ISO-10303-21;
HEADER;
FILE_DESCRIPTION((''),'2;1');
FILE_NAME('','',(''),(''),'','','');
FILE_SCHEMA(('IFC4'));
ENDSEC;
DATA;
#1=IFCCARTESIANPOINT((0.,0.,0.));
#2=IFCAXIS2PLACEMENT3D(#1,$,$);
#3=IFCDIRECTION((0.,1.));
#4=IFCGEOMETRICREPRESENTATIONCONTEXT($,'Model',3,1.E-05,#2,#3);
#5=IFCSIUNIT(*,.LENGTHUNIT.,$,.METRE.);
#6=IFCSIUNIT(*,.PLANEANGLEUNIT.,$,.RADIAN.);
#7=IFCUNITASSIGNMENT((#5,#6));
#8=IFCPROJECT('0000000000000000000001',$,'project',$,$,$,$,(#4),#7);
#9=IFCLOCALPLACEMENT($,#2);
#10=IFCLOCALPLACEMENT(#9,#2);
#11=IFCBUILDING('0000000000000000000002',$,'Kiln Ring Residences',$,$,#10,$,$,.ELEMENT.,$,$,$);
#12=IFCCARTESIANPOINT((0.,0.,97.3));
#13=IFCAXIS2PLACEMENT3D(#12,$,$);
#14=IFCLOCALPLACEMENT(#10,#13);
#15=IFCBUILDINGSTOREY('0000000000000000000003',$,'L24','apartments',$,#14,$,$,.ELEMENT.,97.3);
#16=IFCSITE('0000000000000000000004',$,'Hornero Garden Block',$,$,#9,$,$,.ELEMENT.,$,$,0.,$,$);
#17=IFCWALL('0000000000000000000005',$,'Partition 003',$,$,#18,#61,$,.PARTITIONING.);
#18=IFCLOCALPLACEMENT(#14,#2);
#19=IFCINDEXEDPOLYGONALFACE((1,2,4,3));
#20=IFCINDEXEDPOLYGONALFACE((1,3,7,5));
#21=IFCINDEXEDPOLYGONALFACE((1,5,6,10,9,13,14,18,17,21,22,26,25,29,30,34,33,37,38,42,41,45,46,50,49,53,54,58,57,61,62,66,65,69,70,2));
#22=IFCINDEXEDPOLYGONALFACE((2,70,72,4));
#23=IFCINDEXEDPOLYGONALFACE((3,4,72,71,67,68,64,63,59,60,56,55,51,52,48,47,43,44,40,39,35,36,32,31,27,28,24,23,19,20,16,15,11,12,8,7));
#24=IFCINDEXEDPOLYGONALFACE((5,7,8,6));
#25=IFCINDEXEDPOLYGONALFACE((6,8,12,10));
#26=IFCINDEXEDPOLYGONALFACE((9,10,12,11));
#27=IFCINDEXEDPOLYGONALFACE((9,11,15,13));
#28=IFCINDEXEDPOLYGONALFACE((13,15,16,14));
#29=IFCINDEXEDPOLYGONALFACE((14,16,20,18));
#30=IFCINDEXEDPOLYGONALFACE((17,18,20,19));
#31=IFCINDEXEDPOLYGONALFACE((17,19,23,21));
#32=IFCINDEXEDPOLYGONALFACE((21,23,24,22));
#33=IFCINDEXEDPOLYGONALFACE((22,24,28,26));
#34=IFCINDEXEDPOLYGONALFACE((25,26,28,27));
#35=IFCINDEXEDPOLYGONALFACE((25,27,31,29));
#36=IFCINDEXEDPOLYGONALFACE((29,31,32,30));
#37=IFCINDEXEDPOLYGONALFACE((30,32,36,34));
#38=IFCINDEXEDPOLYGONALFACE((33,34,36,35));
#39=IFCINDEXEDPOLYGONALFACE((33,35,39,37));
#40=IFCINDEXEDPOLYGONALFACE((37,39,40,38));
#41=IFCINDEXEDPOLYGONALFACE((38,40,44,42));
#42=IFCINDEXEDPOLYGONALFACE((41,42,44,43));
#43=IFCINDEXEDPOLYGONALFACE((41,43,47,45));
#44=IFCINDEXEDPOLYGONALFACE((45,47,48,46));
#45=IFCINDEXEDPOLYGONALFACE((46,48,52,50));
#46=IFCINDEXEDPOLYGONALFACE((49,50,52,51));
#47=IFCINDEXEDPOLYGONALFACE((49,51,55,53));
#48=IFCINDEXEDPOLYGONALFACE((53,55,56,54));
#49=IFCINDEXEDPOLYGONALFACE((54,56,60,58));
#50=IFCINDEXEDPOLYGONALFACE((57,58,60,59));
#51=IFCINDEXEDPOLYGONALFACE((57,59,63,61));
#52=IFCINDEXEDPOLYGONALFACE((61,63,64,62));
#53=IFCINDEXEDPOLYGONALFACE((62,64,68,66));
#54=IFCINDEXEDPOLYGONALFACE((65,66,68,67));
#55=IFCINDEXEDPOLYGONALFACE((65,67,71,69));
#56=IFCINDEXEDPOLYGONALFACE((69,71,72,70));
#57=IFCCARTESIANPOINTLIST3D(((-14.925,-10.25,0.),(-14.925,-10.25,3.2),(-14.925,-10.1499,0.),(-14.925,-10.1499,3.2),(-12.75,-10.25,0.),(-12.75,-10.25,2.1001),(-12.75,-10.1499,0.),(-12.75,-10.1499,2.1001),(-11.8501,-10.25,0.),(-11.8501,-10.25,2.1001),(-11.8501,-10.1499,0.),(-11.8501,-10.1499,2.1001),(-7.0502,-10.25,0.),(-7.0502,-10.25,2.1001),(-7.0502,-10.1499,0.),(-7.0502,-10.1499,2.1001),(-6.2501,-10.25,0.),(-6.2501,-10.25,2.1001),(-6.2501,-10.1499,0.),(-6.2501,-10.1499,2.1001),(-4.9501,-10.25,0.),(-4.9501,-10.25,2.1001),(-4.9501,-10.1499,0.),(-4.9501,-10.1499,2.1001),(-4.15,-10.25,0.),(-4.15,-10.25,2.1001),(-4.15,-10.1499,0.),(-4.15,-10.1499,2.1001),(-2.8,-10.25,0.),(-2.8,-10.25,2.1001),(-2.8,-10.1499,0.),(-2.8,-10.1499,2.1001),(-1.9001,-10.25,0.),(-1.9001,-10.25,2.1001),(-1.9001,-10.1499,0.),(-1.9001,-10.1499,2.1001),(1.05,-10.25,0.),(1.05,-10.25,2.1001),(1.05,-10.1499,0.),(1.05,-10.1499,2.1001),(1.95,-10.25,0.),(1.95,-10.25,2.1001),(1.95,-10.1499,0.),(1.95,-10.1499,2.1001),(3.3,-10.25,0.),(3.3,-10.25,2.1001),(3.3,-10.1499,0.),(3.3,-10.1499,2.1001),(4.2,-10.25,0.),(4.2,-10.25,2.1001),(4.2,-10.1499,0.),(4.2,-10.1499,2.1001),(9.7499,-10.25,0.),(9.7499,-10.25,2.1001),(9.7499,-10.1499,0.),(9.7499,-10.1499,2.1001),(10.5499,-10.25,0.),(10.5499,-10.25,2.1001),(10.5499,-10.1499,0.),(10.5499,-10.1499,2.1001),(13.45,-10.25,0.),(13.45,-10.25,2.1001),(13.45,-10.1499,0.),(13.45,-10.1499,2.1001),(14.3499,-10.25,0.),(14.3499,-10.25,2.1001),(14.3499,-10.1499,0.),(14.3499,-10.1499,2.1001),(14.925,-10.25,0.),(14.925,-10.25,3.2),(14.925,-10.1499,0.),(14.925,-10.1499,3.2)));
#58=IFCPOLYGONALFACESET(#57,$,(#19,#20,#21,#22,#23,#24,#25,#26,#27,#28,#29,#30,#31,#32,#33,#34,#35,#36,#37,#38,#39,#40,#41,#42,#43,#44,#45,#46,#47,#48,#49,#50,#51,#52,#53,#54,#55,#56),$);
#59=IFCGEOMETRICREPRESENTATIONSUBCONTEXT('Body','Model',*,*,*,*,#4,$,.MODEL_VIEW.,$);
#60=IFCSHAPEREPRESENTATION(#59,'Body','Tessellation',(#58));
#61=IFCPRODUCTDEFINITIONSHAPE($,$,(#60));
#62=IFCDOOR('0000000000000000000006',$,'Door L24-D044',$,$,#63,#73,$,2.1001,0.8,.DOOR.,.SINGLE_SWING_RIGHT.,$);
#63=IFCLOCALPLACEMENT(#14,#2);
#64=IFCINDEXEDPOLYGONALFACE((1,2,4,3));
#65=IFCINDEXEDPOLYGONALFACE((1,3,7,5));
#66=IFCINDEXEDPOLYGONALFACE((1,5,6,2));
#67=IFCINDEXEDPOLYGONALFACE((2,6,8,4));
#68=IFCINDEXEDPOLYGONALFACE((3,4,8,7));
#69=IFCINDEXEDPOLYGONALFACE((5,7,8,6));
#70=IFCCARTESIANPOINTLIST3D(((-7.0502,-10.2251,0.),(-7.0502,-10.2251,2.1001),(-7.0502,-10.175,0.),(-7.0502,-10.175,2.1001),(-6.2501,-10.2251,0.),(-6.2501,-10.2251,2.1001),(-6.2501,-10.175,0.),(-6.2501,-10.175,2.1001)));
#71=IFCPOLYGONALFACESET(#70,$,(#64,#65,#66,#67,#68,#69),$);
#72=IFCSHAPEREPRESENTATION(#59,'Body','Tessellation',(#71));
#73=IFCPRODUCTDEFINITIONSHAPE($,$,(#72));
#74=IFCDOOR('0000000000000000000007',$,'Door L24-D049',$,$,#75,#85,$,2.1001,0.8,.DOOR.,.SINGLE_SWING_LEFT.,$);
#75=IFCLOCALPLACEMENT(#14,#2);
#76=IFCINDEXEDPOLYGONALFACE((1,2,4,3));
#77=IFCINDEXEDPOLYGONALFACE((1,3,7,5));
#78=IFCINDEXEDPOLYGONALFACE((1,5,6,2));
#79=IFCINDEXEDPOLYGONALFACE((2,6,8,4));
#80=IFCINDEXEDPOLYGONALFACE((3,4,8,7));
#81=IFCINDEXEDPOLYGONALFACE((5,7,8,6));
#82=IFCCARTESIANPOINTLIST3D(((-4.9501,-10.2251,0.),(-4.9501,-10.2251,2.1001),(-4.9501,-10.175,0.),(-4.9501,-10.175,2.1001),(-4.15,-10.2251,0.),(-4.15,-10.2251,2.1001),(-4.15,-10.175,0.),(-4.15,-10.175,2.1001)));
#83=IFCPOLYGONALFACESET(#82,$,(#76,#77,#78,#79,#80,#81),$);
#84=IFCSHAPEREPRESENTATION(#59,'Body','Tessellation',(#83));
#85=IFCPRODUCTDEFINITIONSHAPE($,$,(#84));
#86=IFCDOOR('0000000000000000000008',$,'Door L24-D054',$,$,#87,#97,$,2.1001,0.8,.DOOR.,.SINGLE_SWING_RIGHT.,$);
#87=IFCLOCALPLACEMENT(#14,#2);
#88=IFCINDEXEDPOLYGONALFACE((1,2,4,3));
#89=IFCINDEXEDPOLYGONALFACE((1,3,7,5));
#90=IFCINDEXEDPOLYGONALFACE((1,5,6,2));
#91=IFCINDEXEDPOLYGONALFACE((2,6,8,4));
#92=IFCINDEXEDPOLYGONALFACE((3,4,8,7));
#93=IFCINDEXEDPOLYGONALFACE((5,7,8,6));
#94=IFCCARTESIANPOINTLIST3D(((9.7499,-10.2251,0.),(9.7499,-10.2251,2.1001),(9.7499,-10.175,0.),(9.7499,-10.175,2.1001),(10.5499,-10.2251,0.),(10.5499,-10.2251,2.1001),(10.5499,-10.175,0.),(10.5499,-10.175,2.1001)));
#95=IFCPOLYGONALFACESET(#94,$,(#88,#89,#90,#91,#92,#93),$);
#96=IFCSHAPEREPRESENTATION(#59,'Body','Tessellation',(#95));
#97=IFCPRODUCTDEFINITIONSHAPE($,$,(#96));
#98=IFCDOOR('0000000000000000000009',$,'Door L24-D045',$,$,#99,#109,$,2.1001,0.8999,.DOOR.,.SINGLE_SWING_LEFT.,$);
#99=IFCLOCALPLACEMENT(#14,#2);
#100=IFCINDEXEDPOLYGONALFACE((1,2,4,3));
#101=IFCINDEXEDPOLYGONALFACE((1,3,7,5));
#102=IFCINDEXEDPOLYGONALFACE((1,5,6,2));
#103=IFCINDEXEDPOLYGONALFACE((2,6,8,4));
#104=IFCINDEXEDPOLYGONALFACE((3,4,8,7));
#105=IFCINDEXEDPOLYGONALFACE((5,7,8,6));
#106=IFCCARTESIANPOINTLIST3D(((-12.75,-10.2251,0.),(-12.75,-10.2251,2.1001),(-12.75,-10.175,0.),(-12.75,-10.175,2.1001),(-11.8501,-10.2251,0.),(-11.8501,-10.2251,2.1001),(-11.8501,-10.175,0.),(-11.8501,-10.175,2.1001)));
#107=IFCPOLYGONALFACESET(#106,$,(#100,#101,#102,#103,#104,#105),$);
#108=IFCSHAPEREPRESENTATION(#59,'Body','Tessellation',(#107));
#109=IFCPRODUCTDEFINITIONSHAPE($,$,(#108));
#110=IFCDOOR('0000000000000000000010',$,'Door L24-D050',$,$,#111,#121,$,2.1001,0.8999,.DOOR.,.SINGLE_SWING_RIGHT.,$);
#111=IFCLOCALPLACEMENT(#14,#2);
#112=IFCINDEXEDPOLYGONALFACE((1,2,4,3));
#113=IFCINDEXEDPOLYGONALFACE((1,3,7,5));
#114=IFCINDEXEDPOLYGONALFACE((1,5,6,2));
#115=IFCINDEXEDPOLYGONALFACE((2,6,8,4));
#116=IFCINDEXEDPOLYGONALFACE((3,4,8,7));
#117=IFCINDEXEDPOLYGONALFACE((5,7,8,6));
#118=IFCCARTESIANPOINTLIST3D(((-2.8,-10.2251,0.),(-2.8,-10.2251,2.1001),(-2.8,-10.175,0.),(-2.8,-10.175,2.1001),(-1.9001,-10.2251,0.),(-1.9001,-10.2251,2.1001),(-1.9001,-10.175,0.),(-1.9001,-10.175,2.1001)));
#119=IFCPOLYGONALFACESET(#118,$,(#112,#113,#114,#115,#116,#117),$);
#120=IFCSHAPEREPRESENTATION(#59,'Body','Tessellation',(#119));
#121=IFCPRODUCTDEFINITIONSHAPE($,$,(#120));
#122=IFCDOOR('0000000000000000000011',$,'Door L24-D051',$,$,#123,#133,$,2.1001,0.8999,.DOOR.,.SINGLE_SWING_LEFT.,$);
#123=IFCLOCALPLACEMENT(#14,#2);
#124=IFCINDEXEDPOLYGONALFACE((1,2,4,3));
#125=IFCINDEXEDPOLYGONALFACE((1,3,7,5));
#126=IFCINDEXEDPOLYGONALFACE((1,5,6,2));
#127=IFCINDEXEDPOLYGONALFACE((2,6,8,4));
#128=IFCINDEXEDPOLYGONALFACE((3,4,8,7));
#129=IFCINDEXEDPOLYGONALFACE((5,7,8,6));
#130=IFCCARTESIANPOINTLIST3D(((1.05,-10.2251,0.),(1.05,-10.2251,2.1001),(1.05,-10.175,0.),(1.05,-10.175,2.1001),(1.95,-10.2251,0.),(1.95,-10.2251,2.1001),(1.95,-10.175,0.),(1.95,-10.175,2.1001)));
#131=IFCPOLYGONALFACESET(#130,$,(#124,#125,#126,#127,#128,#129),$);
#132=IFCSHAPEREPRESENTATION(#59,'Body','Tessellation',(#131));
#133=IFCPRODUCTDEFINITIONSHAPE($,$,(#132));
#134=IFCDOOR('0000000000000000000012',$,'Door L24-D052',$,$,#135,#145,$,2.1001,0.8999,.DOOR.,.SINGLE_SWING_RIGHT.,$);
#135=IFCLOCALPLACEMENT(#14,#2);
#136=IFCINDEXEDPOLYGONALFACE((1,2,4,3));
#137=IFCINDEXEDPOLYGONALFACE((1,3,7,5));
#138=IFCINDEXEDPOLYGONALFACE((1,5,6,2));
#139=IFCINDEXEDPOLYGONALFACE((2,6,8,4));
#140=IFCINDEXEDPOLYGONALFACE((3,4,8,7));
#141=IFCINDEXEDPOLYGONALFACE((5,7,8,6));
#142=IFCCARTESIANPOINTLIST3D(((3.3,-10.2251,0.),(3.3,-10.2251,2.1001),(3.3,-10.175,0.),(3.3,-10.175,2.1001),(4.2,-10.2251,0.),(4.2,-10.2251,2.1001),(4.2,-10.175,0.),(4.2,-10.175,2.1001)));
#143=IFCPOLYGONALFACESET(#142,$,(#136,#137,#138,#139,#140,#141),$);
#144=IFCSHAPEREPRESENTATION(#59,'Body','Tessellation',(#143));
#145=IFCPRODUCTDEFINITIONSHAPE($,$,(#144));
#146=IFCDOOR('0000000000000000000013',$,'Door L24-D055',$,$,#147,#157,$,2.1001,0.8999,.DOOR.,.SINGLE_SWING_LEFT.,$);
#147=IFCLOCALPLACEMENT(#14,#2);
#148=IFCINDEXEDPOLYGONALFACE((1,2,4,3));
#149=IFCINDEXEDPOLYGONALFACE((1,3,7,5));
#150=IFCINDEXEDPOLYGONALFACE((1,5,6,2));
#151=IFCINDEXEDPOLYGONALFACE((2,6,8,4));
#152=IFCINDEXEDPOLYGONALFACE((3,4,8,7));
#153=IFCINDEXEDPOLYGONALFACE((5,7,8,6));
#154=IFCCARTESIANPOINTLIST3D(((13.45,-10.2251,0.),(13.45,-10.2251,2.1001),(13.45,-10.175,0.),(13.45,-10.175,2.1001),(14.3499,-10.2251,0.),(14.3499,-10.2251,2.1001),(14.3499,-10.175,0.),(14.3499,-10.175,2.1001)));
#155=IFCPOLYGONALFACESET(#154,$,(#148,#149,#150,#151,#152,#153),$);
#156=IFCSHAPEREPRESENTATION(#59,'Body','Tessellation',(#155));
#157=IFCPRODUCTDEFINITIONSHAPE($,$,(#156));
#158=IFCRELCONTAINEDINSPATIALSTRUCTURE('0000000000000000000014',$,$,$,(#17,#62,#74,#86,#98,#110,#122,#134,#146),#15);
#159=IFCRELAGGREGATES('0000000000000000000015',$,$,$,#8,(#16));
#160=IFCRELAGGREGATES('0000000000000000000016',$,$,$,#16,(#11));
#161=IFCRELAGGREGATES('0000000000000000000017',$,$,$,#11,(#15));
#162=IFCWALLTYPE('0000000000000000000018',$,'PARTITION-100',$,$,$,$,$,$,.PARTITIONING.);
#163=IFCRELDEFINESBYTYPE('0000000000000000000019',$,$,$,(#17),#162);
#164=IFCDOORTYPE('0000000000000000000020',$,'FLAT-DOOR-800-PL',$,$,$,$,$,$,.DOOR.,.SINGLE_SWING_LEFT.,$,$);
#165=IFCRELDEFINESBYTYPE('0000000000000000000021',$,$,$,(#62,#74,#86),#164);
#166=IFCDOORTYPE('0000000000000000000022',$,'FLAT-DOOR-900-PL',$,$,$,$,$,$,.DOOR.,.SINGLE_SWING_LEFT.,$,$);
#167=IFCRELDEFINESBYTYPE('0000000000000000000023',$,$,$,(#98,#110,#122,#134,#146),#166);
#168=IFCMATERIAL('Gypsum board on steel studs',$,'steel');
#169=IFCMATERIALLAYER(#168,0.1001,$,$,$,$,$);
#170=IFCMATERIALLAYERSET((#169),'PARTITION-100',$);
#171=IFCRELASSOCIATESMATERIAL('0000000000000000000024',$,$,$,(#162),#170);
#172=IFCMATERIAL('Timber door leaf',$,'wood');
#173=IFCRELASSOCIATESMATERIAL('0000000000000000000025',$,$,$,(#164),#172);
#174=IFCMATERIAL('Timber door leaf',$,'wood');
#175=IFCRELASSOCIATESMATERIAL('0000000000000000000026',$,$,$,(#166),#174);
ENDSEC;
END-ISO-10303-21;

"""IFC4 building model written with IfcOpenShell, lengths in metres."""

from ifc_helpers import new_model, si_unit, direction, frame, frame_2d, origin, place, context, subcontext, project, spatial, rectangle, extrude, material, layer, layer_set, type_object, element, fill, save


model = new_model("IFC4")

# Units and contexts
model_context = context("Model", 3, precision=1e-05, world=origin(), true_north=direction((0.0, 1.0)))
body_context = subcontext(model_context, "Body", "Model", "MODEL_VIEW")
ifc_project = project(units=[si_unit("LENGTHUNIT", "METRE"), si_unit("PLANEANGLEUNIT", "RADIAN")], contexts=[model_context])

# Site, building, storey
site_placement = place(None, origin())
site = spatial("IfcSite", under=ifc_project, at=site_placement, Name="Hornero Garden Block", CompositionType="ELEMENT", RefElevation=0.0)
building_placement = place(site_placement, origin())
building = spatial("IfcBuilding", under=site, at=building_placement, Name="Kiln Ring Residences", CompositionType="ELEMENT")
storey_placement = place(building_placement, frame((0.0, 0.0, 97.3)))
storey = spatial("IfcBuildingStorey", under=building, at=storey_placement, Name="L24", Description="apartments", CompositionType="ELEMENT", Elevation=97.3)

# Wall, openings, doors
ifc_material_1 = material(Name="Gypsum board on steel studs", Category="steel")
ifc_layer_1 = layer(ifc_material_1, 0.1001)
ifc_layer_set_1 = layer_set([ifc_layer_1], Name="PARTITION-100")
wall_type_1 = type_object("IfcWallType", Name="PARTITION-100", PredefinedType="PARTITIONING", material=ifc_layer_set_1)
wall_1_placement = place(storey_placement, frame((-14.925, -10.2, 0.0), z_axis=(0.0, 0.0, 1.0), x_axis=(1.0, 0.0, 0.0)))
wall_1 = element("IfcWall", 1, at=wall_1_placement, inside=storey, type_object=wall_type_1, Name="Partition 003", PredefinedType="PARTITIONING", context=body_context, shape_type="SweptSolid", body=[
    extrude(rectangle(XDim=29.8501, YDim=0.1001, at=frame_2d((14.925, 0.0))), origin(), (0.0, 0.0, 1.0), 3.2),
])
opening_1_placement = place(wall_1_placement, frame((7.875, 0.0, 0.0)))
opening_1 = element("IfcOpeningElement", 2, at=opening_1_placement, cuts=wall_1, PredefinedType="OPENING", context=body_context, shape_type="SweptSolid", body=[
    extrude(rectangle(XDim=0.8, YDim=2.1001, at=frame_2d((0.3999, 1.05))), frame((0.0, 0.0601, 0.0), z_axis=(0.0, -1.0, 0.0), x_axis=(1.0, 0.0, 0.0)), (0.0, 0.0, 1.0), 0.1201),
])
opening_2_placement = place(wall_1_placement, frame((2.175, 0.0, 0.0)))
opening_2 = element("IfcOpeningElement", 3, at=opening_2_placement, cuts=wall_1, PredefinedType="OPENING", context=body_context, shape_type="SweptSolid", body=[
    extrude(rectangle(XDim=0.8999, YDim=2.1001, at=frame_2d((0.45, 1.05))), frame((0.0, 0.0601, 0.0), z_axis=(0.0, -1.0, 0.0), x_axis=(1.0, 0.0, 0.0)), (0.0, 0.0, 1.0), 0.1201),
])
opening_3_placement = place(wall_1_placement, frame((9.9751, 0.0, 0.0)))
opening_3 = element("IfcOpeningElement", 4, at=opening_3_placement, cuts=wall_1, PredefinedType="OPENING", context=body_context, shape_type="SweptSolid", body=[
    extrude(rectangle(XDim=0.8, YDim=2.1001, at=frame_2d((0.3999, 1.05))), frame((0.0, 0.0601, 0.0), z_axis=(0.0, -1.0, 0.0), x_axis=(1.0, 0.0, 0.0)), (0.0, 0.0, 1.0), 0.1201),
])
opening_4_placement = place(wall_1_placement, frame((12.125, 0.0, 0.0)))
opening_4 = element("IfcOpeningElement", 5, at=opening_4_placement, cuts=wall_1, PredefinedType="OPENING", context=body_context, shape_type="SweptSolid", body=[
    extrude(rectangle(XDim=0.8999, YDim=2.1001, at=frame_2d((0.45, 1.05))), frame((0.0, 0.0601, 0.0), z_axis=(0.0, -1.0, 0.0), x_axis=(1.0, 0.0, 0.0)), (0.0, 0.0, 1.0), 0.1201),
])
opening_5_placement = place(wall_1_placement, frame((15.9751, 0.0, 0.0)))
opening_5 = element("IfcOpeningElement", 6, at=opening_5_placement, cuts=wall_1, PredefinedType="OPENING", context=body_context, shape_type="SweptSolid", body=[
    extrude(rectangle(XDim=0.8999, YDim=2.1001, at=frame_2d((0.45, 1.05))), frame((0.0, 0.0601, 0.0), z_axis=(0.0, -1.0, 0.0), x_axis=(1.0, 0.0, 0.0)), (0.0, 0.0, 1.0), 0.1201),
])
opening_6_placement = place(wall_1_placement, frame((18.2251, 0.0, 0.0)))
opening_6 = element("IfcOpeningElement", 7, at=opening_6_placement, cuts=wall_1, PredefinedType="OPENING", context=body_context, shape_type="SweptSolid", body=[
    extrude(rectangle(XDim=0.8999, YDim=2.1001, at=frame_2d((0.45, 1.05))), frame((0.0, 0.0601, 0.0), z_axis=(0.0, -1.0, 0.0), x_axis=(1.0, 0.0, 0.0)), (0.0, 0.0, 1.0), 0.1201),
])
opening_7_placement = place(wall_1_placement, frame((24.675, 0.0, 0.0)))
opening_7 = element("IfcOpeningElement", 8, at=opening_7_placement, cuts=wall_1, PredefinedType="OPENING", context=body_context, shape_type="SweptSolid", body=[
    extrude(rectangle(XDim=0.8, YDim=2.1001, at=frame_2d((0.3999, 1.05))), frame((0.0, 0.0601, 0.0), z_axis=(0.0, -1.0, 0.0), x_axis=(1.0, 0.0, 0.0)), (0.0, 0.0, 1.0), 0.1201),
])
opening_8_placement = place(wall_1_placement, frame((28.375, 0.0, 0.0)))
opening_8 = element("IfcOpeningElement", 9, at=opening_8_placement, cuts=wall_1, PredefinedType="OPENING", context=body_context, shape_type="SweptSolid", body=[
    extrude(rectangle(XDim=0.8999, YDim=2.1001, at=frame_2d((0.45, 1.05))), frame((0.0, 0.0601, 0.0), z_axis=(0.0, -1.0, 0.0), x_axis=(1.0, 0.0, 0.0)), (0.0, 0.0, 1.0), 0.1201),
])
ifc_material_2 = material(Name="Timber door leaf", Category="wood")
door_type_1 = type_object("IfcDoorType", Name="FLAT-DOOR-800-PL", OperationType="SINGLE_SWING_LEFT", PredefinedType="DOOR", material=ifc_material_2)
door_1_placement = place(opening_1_placement, origin())
door_1 = element("IfcDoor", 10, at=door_1_placement, inside=storey, type_object=door_type_1, Name="Door L24-D044", OperationType="SINGLE_SWING_RIGHT", OverallHeight=2.1001, OverallWidth=0.8, PredefinedType="DOOR", context=body_context, shape_type="SweptSolid", body=[
    extrude(rectangle(XDim=0.8, YDim=2.1001, at=frame_2d((0.3999, 1.05))), frame((0.0, 0.0249, 0.0), z_axis=(0.0, -1.0, 0.0), x_axis=(1.0, 0.0, 0.0)), (0.0, 0.0, 1.0), 0.05),
])
fill(opening_1, door_1)
door_2_placement = place(opening_3_placement, origin())
door_2 = element("IfcDoor", 11, at=door_2_placement, inside=storey, type_object=door_type_1, Name="Door L24-D049", OperationType="SINGLE_SWING_LEFT", OverallHeight=2.1001, OverallWidth=0.8, PredefinedType="DOOR", context=body_context, shape_type="SweptSolid", body=[
    extrude(rectangle(XDim=0.8, YDim=2.1001, at=frame_2d((0.3999, 1.05))), frame((0.0, 0.0249, 0.0), z_axis=(0.0, -1.0, 0.0), x_axis=(1.0, 0.0, 0.0)), (0.0, 0.0, 1.0), 0.05),
])
fill(opening_3, door_2)
door_3_placement = place(opening_7_placement, origin())
door_3 = element("IfcDoor", 12, at=door_3_placement, inside=storey, type_object=door_type_1, Name="Door L24-D054", OperationType="SINGLE_SWING_RIGHT", OverallHeight=2.1001, OverallWidth=0.8, PredefinedType="DOOR", context=body_context, shape_type="SweptSolid", body=[
    extrude(rectangle(XDim=0.8, YDim=2.1001, at=frame_2d((0.3999, 1.05))), frame((0.0, 0.0249, 0.0), z_axis=(0.0, -1.0, 0.0), x_axis=(1.0, 0.0, 0.0)), (0.0, 0.0, 1.0), 0.05),
])
fill(opening_7, door_3)
ifc_material_3 = material(Name="Timber door leaf", Category="wood")
door_type_2 = type_object("IfcDoorType", Name="FLAT-DOOR-900-PL", OperationType="SINGLE_SWING_LEFT", PredefinedType="DOOR", material=ifc_material_3)
door_4_placement = place(opening_2_placement, origin())
door_4 = element("IfcDoor", 13, at=door_4_placement, inside=storey, type_object=door_type_2, Name="Door L24-D045", OperationType="SINGLE_SWING_LEFT", OverallHeight=2.1001, OverallWidth=0.8999, PredefinedType="DOOR", context=body_context, shape_type="SweptSolid", body=[
    extrude(rectangle(XDim=0.8999, YDim=2.1001, at=frame_2d((0.45, 1.05))), frame((0.0, 0.0249, 0.0), z_axis=(0.0, -1.0, 0.0), x_axis=(1.0, 0.0, 0.0)), (0.0, 0.0, 1.0), 0.05),
])
fill(opening_2, door_4)
door_5_placement = place(opening_4_placement, origin())
door_5 = element("IfcDoor", 14, at=door_5_placement, inside=storey, type_object=door_type_2, Name="Door L24-D050", OperationType="SINGLE_SWING_RIGHT", OverallHeight=2.1001, OverallWidth=0.8999, PredefinedType="DOOR", context=body_context, shape_type="SweptSolid", body=[
    extrude(rectangle(XDim=0.8999, YDim=2.1001, at=frame_2d((0.45, 1.05))), frame((0.0, 0.0249, 0.0), z_axis=(0.0, -1.0, 0.0), x_axis=(1.0, 0.0, 0.0)), (0.0, 0.0, 1.0), 0.05),
])
fill(opening_4, door_5)
door_6_placement = place(opening_5_placement, origin())
door_6 = element("IfcDoor", 15, at=door_6_placement, inside=storey, type_object=door_type_2, Name="Door L24-D051", OperationType="SINGLE_SWING_LEFT", OverallHeight=2.1001, OverallWidth=0.8999, PredefinedType="DOOR", context=body_context, shape_type="SweptSolid", body=[
    extrude(rectangle(XDim=0.8999, YDim=2.1001, at=frame_2d((0.45, 1.05))), frame((0.0, 0.0249, 0.0), z_axis=(0.0, -1.0, 0.0), x_axis=(1.0, 0.0, 0.0)), (0.0, 0.0, 1.0), 0.05),
])
fill(opening_5, door_6)
door_7_placement = place(opening_6_placement, origin())
door_7 = element("IfcDoor", 16, at=door_7_placement, inside=storey, type_object=door_type_2, Name="Door L24-D052", OperationType="SINGLE_SWING_RIGHT", OverallHeight=2.1001, OverallWidth=0.8999, PredefinedType="DOOR", context=body_context, shape_type="SweptSolid", body=[
    extrude(rectangle(XDim=0.8999, YDim=2.1001, at=frame_2d((0.45, 1.05))), frame((0.0, 0.0249, 0.0), z_axis=(0.0, -1.0, 0.0), x_axis=(1.0, 0.0, 0.0)), (0.0, 0.0, 1.0), 0.05),
])
fill(opening_6, door_7)
door_8_placement = place(opening_8_placement, origin())
door_8 = element("IfcDoor", 17, at=door_8_placement, inside=storey, type_object=door_type_2, Name="Door L24-D055", OperationType="SINGLE_SWING_LEFT", OverallHeight=2.1001, OverallWidth=0.8999, PredefinedType="DOOR", context=body_context, shape_type="SweptSolid", body=[
    extrude(rectangle(XDim=0.8999, YDim=2.1001, at=frame_2d((0.45, 1.05))), frame((0.0, 0.0249, 0.0), z_axis=(0.0, -1.0, 0.0), x_axis=(1.0, 0.0, 0.0)), (0.0, 0.0, 1.0), 0.05),
])
fill(opening_8, door_8)

save(model, "model.ifc")
